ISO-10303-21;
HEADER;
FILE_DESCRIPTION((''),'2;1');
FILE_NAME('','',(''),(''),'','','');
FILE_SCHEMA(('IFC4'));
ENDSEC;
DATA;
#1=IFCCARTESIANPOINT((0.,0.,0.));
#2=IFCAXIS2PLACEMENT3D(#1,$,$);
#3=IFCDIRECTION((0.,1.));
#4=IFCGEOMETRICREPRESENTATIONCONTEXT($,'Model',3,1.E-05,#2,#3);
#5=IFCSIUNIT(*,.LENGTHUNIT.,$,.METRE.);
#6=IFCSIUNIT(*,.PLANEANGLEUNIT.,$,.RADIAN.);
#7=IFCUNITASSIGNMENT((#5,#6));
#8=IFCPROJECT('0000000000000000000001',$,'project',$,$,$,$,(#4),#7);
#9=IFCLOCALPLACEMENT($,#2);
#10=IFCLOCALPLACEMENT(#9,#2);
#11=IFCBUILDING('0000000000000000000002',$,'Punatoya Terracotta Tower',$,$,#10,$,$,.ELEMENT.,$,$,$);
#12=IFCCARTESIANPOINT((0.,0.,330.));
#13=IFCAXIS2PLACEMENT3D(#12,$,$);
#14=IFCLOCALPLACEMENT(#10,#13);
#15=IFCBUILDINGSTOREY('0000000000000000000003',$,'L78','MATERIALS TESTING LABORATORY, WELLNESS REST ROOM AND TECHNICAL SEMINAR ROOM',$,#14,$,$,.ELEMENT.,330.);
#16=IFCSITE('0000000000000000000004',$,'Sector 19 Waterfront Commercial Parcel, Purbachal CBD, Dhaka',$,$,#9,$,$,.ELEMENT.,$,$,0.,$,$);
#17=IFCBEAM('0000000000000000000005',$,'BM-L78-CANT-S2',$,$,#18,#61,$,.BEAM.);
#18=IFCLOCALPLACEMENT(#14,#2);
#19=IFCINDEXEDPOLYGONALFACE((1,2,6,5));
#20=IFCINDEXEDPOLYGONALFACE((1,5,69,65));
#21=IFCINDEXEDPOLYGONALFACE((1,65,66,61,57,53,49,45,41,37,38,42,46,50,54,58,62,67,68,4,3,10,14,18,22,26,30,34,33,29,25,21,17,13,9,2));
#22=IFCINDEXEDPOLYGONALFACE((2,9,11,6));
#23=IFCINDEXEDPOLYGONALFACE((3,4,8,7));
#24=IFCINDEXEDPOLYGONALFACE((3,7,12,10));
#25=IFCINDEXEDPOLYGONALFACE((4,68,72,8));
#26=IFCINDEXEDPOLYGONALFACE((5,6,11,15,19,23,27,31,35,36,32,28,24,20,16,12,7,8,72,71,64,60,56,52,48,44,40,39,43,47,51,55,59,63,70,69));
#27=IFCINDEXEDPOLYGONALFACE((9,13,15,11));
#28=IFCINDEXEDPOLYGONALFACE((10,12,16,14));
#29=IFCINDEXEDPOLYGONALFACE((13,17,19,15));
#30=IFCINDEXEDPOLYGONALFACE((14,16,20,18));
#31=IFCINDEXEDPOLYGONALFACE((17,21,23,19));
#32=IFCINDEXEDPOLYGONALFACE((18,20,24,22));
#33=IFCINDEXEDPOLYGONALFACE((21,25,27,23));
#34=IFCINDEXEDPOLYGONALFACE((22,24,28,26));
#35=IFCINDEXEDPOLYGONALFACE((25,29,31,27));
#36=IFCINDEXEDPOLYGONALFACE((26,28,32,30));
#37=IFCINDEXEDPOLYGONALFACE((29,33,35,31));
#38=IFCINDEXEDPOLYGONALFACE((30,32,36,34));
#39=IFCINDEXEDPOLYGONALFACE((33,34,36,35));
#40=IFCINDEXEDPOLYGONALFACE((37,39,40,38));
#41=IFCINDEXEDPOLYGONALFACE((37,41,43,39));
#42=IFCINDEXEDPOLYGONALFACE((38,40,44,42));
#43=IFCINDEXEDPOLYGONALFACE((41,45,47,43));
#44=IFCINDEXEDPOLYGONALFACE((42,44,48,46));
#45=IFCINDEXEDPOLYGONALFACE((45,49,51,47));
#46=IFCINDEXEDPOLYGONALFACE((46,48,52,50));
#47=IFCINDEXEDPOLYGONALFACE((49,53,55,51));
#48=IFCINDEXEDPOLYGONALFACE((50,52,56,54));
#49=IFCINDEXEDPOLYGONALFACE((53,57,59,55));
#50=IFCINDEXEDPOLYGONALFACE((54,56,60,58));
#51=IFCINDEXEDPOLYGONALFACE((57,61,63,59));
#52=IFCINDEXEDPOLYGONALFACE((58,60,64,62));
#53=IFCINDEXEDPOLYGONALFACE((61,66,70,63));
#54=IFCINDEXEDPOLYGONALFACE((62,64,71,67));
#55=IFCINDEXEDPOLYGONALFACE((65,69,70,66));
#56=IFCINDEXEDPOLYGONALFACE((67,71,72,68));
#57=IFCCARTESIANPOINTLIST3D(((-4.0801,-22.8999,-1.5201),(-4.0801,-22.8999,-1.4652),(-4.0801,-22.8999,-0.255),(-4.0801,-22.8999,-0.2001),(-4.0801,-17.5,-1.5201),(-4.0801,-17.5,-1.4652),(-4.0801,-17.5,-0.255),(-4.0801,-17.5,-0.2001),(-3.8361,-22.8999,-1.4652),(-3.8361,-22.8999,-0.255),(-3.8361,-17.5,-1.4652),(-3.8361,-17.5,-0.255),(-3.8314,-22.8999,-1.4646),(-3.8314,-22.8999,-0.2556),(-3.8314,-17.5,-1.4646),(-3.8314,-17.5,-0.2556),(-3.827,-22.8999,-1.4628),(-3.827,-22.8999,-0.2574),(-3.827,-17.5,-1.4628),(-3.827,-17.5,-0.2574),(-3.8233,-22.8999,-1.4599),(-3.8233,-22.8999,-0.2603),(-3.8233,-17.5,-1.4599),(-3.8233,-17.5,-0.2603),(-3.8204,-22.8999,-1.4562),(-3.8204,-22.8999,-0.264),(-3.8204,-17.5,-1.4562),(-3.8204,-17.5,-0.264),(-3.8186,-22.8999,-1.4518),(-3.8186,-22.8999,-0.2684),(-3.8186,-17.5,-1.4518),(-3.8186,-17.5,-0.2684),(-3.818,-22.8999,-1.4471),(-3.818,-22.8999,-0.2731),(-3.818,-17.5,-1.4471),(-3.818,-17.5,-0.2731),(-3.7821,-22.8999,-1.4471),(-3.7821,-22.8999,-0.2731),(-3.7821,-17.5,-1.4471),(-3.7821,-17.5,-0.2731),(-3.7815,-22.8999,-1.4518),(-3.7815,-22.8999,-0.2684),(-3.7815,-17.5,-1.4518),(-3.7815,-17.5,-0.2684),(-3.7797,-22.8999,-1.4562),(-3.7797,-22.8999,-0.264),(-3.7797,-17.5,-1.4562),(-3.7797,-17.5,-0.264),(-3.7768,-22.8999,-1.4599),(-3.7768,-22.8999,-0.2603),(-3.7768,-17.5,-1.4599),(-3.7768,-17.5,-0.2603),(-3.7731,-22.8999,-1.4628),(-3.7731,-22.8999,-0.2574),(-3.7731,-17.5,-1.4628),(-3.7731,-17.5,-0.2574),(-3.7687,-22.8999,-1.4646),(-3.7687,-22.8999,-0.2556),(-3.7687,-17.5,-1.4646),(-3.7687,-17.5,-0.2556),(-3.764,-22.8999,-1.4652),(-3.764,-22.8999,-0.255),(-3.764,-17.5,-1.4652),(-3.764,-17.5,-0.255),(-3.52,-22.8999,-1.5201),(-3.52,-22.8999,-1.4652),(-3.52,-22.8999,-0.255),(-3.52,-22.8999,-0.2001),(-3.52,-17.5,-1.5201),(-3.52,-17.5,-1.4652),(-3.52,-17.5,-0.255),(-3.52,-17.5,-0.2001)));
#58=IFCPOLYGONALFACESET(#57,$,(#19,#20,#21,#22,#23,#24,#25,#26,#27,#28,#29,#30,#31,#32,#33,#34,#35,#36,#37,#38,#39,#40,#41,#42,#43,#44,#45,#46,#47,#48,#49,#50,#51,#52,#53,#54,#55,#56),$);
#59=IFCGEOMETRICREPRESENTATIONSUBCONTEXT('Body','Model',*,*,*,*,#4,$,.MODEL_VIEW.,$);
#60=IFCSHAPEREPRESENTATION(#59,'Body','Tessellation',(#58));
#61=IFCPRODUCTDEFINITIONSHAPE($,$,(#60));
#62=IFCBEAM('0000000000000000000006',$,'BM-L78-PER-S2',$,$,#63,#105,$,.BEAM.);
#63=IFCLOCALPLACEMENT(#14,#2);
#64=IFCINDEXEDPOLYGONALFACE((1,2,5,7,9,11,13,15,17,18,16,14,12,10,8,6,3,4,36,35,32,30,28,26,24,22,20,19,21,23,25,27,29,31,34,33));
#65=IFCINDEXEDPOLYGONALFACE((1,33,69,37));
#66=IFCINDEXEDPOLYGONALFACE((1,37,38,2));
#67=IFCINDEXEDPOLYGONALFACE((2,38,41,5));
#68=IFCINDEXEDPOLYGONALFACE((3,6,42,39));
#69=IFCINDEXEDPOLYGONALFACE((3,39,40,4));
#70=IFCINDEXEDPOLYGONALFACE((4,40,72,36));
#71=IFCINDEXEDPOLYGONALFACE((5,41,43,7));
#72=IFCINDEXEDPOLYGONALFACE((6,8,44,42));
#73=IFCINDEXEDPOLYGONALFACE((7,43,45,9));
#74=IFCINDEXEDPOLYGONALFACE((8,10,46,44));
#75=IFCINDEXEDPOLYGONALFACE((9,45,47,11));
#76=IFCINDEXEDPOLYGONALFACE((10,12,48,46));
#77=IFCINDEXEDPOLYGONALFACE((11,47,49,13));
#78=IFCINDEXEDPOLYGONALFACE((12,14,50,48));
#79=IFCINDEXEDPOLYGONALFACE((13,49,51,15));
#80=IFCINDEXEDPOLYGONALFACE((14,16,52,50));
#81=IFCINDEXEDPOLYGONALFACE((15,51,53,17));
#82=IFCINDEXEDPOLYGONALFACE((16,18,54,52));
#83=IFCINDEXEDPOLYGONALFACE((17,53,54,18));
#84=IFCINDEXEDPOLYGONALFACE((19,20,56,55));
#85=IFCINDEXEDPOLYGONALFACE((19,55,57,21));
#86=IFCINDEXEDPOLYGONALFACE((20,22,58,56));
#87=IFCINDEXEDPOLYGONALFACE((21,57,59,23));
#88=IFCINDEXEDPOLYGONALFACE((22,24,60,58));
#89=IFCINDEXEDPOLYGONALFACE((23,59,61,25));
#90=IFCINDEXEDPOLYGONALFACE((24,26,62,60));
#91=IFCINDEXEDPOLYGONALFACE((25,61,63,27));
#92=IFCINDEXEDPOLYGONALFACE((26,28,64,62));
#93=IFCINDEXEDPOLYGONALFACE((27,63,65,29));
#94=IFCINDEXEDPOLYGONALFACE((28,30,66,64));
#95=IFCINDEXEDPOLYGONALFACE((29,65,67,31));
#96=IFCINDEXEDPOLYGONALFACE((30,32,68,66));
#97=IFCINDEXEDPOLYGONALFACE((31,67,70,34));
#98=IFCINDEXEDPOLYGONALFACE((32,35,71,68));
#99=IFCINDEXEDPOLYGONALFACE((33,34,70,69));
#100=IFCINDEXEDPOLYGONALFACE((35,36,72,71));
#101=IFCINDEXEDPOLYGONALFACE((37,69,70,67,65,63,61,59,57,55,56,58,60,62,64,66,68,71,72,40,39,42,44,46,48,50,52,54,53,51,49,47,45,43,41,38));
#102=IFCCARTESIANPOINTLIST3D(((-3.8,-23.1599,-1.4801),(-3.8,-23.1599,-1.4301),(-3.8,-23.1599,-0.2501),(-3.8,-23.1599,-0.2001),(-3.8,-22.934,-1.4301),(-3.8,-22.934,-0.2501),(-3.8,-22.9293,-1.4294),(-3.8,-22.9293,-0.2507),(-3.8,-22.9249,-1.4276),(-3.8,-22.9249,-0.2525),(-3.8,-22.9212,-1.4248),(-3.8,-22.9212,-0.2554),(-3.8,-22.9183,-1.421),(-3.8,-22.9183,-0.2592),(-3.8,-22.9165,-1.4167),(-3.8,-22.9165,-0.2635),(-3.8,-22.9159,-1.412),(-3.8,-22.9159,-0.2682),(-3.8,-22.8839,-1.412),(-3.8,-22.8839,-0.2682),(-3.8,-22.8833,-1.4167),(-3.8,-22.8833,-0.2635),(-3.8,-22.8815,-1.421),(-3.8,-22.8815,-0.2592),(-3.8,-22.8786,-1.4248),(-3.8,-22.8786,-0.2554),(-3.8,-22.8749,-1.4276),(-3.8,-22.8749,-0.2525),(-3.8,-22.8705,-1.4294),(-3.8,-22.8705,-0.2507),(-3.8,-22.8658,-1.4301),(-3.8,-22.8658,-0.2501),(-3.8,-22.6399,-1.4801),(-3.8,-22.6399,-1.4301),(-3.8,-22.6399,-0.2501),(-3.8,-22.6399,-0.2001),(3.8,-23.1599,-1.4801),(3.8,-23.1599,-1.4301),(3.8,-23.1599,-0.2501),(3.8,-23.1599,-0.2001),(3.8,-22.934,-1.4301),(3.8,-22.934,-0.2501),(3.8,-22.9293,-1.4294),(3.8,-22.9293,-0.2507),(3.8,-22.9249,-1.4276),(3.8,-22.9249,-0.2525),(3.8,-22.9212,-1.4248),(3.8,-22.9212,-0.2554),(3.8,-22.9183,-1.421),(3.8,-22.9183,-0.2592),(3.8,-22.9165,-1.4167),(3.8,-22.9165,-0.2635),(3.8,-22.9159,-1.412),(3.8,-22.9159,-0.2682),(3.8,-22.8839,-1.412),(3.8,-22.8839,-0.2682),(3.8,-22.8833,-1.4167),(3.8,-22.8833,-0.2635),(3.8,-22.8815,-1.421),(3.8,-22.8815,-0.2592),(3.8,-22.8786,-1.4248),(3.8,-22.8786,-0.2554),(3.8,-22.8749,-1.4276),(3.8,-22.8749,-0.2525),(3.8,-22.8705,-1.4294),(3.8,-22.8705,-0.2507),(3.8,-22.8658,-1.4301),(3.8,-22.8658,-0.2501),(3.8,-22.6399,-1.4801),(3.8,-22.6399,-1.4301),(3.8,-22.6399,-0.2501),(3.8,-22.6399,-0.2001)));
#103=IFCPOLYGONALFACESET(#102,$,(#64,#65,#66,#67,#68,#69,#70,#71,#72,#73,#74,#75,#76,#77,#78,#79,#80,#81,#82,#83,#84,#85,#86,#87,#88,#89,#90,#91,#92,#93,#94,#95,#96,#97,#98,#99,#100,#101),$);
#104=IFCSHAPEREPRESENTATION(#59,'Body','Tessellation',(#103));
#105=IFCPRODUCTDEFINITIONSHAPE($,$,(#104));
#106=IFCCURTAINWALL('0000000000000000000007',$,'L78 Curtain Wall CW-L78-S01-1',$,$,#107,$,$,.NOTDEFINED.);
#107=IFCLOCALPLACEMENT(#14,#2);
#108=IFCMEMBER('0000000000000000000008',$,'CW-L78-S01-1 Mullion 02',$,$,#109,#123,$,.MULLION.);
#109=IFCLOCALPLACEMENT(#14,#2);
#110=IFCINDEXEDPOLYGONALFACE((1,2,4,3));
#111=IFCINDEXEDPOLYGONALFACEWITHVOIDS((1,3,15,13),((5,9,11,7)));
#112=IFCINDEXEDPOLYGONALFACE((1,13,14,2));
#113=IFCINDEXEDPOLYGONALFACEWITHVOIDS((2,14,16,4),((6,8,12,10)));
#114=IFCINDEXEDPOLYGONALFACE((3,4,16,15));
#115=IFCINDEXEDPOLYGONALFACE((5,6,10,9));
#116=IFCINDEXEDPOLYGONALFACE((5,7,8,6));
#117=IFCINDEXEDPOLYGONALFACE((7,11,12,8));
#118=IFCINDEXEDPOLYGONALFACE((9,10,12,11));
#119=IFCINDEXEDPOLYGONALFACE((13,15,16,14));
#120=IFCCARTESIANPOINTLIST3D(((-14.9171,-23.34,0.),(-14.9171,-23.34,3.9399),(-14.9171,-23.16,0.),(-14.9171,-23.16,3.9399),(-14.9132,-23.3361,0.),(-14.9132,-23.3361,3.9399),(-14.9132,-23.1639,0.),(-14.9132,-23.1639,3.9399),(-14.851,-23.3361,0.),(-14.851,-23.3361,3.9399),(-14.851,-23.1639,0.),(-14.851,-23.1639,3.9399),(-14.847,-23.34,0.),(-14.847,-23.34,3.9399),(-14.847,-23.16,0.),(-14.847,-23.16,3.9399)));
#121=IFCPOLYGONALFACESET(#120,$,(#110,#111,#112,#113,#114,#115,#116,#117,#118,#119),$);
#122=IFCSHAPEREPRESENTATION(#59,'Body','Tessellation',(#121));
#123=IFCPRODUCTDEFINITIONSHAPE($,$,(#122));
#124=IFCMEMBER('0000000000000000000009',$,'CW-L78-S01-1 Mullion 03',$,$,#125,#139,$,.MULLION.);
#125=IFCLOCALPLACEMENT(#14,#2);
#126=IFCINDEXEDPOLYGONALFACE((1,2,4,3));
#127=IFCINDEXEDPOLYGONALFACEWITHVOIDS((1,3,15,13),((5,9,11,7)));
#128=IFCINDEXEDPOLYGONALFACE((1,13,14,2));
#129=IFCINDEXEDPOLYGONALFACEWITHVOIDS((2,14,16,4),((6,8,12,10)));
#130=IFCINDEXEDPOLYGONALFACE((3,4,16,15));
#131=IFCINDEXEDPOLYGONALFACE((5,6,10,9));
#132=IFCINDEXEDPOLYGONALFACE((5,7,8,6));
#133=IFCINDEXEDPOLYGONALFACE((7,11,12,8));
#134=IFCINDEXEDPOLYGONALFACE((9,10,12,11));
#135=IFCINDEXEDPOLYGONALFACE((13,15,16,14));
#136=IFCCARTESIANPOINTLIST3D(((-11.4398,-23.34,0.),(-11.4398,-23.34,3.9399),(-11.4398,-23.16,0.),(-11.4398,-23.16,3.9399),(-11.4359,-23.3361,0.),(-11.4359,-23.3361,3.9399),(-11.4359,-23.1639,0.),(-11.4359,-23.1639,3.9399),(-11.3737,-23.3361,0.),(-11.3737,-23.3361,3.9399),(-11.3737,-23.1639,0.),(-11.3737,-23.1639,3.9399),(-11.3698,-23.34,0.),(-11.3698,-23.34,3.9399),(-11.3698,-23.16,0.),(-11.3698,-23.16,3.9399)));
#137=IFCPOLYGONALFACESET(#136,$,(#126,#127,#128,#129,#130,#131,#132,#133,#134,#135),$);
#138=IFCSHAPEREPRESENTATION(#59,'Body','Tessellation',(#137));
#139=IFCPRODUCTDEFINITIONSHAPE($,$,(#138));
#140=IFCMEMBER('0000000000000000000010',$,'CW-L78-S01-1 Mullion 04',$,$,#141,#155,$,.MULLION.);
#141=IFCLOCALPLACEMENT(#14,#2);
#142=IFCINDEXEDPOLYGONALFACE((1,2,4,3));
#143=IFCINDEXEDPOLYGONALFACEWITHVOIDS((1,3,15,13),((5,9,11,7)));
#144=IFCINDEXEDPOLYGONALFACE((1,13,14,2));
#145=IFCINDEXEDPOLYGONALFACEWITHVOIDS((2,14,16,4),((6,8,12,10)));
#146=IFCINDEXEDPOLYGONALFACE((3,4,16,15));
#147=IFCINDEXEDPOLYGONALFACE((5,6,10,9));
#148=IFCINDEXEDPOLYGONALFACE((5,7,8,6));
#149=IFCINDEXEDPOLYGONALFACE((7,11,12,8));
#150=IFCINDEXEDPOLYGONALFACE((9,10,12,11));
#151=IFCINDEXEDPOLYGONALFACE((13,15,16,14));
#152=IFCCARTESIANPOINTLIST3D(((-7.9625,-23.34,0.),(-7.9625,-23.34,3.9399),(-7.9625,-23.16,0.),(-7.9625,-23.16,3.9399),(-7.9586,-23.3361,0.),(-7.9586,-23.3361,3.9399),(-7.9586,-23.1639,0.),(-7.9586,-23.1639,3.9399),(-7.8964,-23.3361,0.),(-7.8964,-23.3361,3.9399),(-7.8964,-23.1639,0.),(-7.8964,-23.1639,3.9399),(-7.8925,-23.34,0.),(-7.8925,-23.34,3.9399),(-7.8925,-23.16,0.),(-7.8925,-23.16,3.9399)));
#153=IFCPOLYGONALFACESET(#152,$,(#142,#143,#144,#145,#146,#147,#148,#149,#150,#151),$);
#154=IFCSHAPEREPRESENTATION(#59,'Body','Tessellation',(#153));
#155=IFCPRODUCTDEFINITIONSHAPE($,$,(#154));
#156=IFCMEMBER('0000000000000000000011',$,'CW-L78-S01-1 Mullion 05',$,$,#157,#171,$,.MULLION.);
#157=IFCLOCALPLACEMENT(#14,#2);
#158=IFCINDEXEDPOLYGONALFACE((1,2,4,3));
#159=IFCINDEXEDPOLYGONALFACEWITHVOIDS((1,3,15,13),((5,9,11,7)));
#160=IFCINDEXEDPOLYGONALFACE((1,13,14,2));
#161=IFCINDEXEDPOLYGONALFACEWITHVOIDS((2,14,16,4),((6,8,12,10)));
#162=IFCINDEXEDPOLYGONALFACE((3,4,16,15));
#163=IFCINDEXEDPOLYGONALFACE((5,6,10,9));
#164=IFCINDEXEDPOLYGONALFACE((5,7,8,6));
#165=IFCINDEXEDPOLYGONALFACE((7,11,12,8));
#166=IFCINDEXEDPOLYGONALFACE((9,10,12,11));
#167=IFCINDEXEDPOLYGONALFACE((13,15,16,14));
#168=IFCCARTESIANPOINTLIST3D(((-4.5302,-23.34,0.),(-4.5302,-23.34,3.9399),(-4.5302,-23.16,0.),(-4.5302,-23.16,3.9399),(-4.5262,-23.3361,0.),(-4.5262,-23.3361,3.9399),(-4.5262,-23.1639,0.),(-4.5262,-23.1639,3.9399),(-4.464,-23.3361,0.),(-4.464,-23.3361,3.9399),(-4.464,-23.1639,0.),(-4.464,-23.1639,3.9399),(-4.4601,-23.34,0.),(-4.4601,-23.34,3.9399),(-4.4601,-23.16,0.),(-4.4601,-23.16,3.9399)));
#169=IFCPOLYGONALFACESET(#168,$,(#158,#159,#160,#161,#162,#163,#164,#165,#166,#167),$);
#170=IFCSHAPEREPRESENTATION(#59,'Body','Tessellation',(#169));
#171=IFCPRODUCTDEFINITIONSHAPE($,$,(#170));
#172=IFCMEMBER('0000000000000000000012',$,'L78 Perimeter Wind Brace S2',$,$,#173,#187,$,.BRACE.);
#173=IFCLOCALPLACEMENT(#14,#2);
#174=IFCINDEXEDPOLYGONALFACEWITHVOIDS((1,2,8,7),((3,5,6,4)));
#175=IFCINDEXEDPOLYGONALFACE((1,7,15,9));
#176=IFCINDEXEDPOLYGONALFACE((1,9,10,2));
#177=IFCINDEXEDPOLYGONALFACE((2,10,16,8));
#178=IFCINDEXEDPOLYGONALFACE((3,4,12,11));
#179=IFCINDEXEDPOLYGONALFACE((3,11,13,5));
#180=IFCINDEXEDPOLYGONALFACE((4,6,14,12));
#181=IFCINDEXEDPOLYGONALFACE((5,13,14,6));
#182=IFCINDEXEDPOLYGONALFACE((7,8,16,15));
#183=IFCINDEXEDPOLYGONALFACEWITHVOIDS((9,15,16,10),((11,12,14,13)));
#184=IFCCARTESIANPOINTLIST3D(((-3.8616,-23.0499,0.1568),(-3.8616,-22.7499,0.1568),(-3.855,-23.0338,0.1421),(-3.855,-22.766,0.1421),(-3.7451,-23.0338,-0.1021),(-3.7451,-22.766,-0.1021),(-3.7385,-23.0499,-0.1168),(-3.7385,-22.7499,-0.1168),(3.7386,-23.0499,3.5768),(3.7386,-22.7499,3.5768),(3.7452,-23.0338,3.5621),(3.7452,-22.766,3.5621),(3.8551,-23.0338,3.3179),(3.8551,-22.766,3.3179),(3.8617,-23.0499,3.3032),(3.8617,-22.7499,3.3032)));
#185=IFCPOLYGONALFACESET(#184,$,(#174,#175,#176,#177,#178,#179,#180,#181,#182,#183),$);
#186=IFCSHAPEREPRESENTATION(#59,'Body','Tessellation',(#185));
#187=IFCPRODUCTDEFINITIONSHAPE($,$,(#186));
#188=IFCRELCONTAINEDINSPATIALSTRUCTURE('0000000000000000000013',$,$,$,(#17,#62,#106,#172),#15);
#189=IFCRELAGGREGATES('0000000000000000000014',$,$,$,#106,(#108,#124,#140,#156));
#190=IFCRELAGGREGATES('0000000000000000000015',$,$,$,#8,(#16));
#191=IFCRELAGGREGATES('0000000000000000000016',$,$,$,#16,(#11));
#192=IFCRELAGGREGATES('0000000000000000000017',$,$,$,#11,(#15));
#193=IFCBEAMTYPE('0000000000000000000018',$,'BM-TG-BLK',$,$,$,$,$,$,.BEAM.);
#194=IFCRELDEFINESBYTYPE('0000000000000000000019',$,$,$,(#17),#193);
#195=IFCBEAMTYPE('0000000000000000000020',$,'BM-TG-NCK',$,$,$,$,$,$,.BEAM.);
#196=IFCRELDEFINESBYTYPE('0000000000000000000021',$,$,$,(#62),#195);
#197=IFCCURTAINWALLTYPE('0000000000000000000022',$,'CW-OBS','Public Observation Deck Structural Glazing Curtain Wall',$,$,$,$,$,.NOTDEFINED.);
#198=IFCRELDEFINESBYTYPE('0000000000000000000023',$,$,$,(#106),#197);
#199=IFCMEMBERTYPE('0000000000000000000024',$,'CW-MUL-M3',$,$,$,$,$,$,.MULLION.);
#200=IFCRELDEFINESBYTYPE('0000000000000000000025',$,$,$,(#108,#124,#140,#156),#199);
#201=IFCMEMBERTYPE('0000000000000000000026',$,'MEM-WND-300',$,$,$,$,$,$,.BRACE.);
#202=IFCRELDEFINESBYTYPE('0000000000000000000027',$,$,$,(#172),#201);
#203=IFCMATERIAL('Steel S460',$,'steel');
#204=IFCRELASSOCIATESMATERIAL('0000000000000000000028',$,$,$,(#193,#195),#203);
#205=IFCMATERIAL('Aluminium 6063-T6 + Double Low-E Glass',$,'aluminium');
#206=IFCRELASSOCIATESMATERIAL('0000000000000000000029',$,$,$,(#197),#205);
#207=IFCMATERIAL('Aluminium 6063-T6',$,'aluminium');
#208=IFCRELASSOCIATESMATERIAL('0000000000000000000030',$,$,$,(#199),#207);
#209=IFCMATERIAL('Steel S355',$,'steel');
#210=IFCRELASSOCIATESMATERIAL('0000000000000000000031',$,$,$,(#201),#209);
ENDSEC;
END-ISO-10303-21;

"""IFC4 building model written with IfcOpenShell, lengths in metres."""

from ifc_helpers import new_model, si_unit, direction, frame, origin, origin_2d, place, context, subcontext, project, spatial, hollow_rectangle, i_section, extrude, material, material_profile, profile_set, type_object, element, aggregate, save


model = new_model("IFC4")

# Units and contexts
model_context = context("Model", 3, precision=1e-05, world=origin(), true_north=direction((0.0, 1.0)))
body_context = subcontext(model_context, "Body", "Model", "MODEL_VIEW")
ifc_project = project(units=[si_unit("LENGTHUNIT", "METRE"), si_unit("PLANEANGLEUNIT", "RADIAN")], contexts=[model_context])

# Site, building, storey
site_placement = place(None, origin())
site = spatial("IfcSite", under=ifc_project, at=site_placement, Name="Sector 19 Waterfront Commercial Parcel, Purbachal CBD, Dhaka", CompositionType="ELEMENT", RefElevation=0.0)
building_placement = place(site_placement, origin())
building = spatial("IfcBuilding", under=site, at=building_placement, Name="Punatoya Terracotta Tower", CompositionType="ELEMENT")
storey_placement = place(building_placement, frame((0.0, 0.0, 330.0)))
storey = spatial("IfcBuildingStorey", under=building, at=storey_placement, Name="L78", Description="MATERIALS TESTING LABORATORY, WELLNESS REST ROOM AND TECHNICAL SEMINAR ROOM", CompositionType="ELEMENT", Elevation=330.0)

# Shared definitions
ifc_material_1 = material(Name="Steel S460", Category="steel")

# Beams
ifc_material_2 = material(Name="Steel S355", Category="steel")
ifc_material_profile_1 = material_profile(ifc_material_1, i_section(OverallWidth=0.5601, OverallDepth=1.3201, WebThickness=0.0359, FlangeThickness=0.0549, FilletRadius=0.0181, at=origin_2d()))
ifc_profile_set_1 = profile_set([ifc_material_profile_1], Name="Steel S460")
beam_type_1 = type_object("IfcBeamType", Name="BM-TG-BLK", PredefinedType="BEAM", material=ifc_profile_set_1)
beam_1_placement = place(storey_placement, frame((-3.8, -22.8999, -0.8601), z_axis=(0.0, 1.0, 0.0), x_axis=(-1.0, 0.0, 0.0)))
element("IfcBeam", 1, at=beam_1_placement, inside=storey, type_object=beam_type_1, Name="BM-L78-CANT-S2", PredefinedType="BEAM", context=body_context, shape_type="SweptSolid", body=[
    extrude(i_section(OverallWidth=0.5601, OverallDepth=1.3201, WebThickness=0.0359, FlangeThickness=0.0549, FilletRadius=0.0181, at=origin_2d()), origin(), (0.0, 0.0, 1.0), 5.3999),
])
ifc_material_profile_2 = material_profile(ifc_material_1, i_section(OverallWidth=0.52, OverallDepth=1.28, WebThickness=0.032, FlangeThickness=0.05, FilletRadius=0.0181, at=origin_2d()))
ifc_profile_set_2 = profile_set([ifc_material_profile_2], Name="Steel S460")
beam_type_2 = type_object("IfcBeamType", Name="BM-TG-NCK", PredefinedType="BEAM", material=ifc_profile_set_2)
beam_2_placement = place(storey_placement, frame((-3.8, -22.8999, -0.8401), z_axis=(1.0, 0.0, 0.0), x_axis=(0.0, 1.0, 0.0)))
element("IfcBeam", 2, at=beam_2_placement, inside=storey, type_object=beam_type_2, Name="BM-L78-PER-S2", PredefinedType="BEAM", context=body_context, shape_type="SweptSolid", body=[
    extrude(i_section(OverallWidth=0.52, OverallDepth=1.28, WebThickness=0.032, FlangeThickness=0.05, FilletRadius=0.0181, at=origin_2d()), origin(), (0.0, 0.0, 1.0), 7.6001),
])

# Curtain wall, members
ifc_material_3 = material(Name="Aluminium 6063-T6 + Double Low-E Glass", Category="aluminium")
curtain_wall_type = type_object("IfcCurtainWallType", Name="CW-OBS", Description="Public Observation Deck Structural Glazing Curtain Wall", PredefinedType="NOTDEFINED", material=ifc_material_3)
curtain_wall_placement = place(storey_placement, origin())
curtain_wall = element("IfcCurtainWall", 3, at=curtain_wall_placement, inside=storey, type_object=curtain_wall_type, Name="L78 Curtain Wall CW-L78-S01-1", PredefinedType="NOTDEFINED")
ifc_material_4 = material(Name="Aluminium 6063-T6", Category="aluminium")
ifc_material_profile_3 = material_profile(ifc_material_4, hollow_rectangle(XDim=0.0701, YDim=0.1799, WallThickness=0.0039, at=origin_2d()))
ifc_profile_set_3 = profile_set([ifc_material_profile_3], Name="Aluminium 6063-T6")
member_type_1 = type_object("IfcMemberType", Name="CW-MUL-M3", PredefinedType="MULLION", material=ifc_profile_set_3)
member_1_placement = place(storey_placement, frame((-14.8821, -23.25, 0.0), z_axis=(0.0, 0.0, 1.0), x_axis=(1.0, 0.0, 0.0)))
member_1 = element("IfcMember", 4, at=member_1_placement, type_object=member_type_1, Name="CW-L78-S01-1 Mullion 02", PredefinedType="MULLION", context=body_context, shape_type="SweptSolid", body=[
    extrude(hollow_rectangle(XDim=0.0701, YDim=0.1799, WallThickness=0.0039, at=origin_2d()), origin(), (0.0, 0.0, 1.0), 3.9399),
])
member_2_placement = place(storey_placement, frame((-11.4048, -23.25, 0.0), z_axis=(0.0, 0.0, 1.0), x_axis=(1.0, 0.0, 0.0)))
member_2 = element("IfcMember", 5, at=member_2_placement, type_object=member_type_1, Name="CW-L78-S01-1 Mullion 03", PredefinedType="MULLION", context=body_context, shape_type="SweptSolid", body=[
    extrude(hollow_rectangle(XDim=0.0701, YDim=0.1799, WallThickness=0.0039, at=origin_2d()), origin(), (0.0, 0.0, 1.0), 3.9399),
])
member_3_placement = place(storey_placement, frame((-7.9275, -23.25, 0.0), z_axis=(0.0, 0.0, 1.0), x_axis=(1.0, 0.0, 0.0)))
member_3 = element("IfcMember", 6, at=member_3_placement, type_object=member_type_1, Name="CW-L78-S01-1 Mullion 04", PredefinedType="MULLION", context=body_context, shape_type="SweptSolid", body=[
    extrude(hollow_rectangle(XDim=0.0701, YDim=0.1799, WallThickness=0.0039, at=origin_2d()), origin(), (0.0, 0.0, 1.0), 3.9399),
])
member_4_placement = place(storey_placement, frame((-4.4951, -23.25, 0.0), z_axis=(0.0, 0.0, 1.0), x_axis=(1.0, 0.0, 0.0)))
member_4 = element("IfcMember", 7, at=member_4_placement, type_object=member_type_1, Name="CW-L78-S01-1 Mullion 05", PredefinedType="MULLION", context=body_context, shape_type="SweptSolid", body=[
    extrude(hollow_rectangle(XDim=0.0701, YDim=0.1799, WallThickness=0.0039, at=origin_2d()), origin(), (0.0, 0.0, 1.0), 3.9399),
])

# Member
ifc_material_profile_4 = material_profile(ifc_material_2, hollow_rectangle(XDim=0.3, YDim=0.3, WallThickness=0.0161, at=origin_2d()))
ifc_profile_set_4 = profile_set([ifc_material_profile_4], Name="Steel S355")
member_type_2 = type_object("IfcMemberType", Name="MEM-WND-300", PredefinedType="BRACE", material=ifc_profile_set_4)
member_5_placement = place(storey_placement, frame((-3.8, -22.8999, 0.02), z_axis=(0.911927, 0.0, 0.410352), x_axis=(0.0, 1.0, 0.0)))
element("IfcMember", 8, at=member_5_placement, inside=storey, type_object=member_type_2, Name="L78 Perimeter Wind Brace S2", PredefinedType="BRACE", context=body_context, shape_type="SweptSolid", body=[
    extrude(hollow_rectangle(XDim=0.3, YDim=0.3, WallThickness=0.0161, at=origin_2d()), origin(), (0.0, 0.0, 1.0), 8.3342),
])

aggregate(curtain_wall, [member_1, member_2, member_3, member_4])

save(model, "model.ifc")
